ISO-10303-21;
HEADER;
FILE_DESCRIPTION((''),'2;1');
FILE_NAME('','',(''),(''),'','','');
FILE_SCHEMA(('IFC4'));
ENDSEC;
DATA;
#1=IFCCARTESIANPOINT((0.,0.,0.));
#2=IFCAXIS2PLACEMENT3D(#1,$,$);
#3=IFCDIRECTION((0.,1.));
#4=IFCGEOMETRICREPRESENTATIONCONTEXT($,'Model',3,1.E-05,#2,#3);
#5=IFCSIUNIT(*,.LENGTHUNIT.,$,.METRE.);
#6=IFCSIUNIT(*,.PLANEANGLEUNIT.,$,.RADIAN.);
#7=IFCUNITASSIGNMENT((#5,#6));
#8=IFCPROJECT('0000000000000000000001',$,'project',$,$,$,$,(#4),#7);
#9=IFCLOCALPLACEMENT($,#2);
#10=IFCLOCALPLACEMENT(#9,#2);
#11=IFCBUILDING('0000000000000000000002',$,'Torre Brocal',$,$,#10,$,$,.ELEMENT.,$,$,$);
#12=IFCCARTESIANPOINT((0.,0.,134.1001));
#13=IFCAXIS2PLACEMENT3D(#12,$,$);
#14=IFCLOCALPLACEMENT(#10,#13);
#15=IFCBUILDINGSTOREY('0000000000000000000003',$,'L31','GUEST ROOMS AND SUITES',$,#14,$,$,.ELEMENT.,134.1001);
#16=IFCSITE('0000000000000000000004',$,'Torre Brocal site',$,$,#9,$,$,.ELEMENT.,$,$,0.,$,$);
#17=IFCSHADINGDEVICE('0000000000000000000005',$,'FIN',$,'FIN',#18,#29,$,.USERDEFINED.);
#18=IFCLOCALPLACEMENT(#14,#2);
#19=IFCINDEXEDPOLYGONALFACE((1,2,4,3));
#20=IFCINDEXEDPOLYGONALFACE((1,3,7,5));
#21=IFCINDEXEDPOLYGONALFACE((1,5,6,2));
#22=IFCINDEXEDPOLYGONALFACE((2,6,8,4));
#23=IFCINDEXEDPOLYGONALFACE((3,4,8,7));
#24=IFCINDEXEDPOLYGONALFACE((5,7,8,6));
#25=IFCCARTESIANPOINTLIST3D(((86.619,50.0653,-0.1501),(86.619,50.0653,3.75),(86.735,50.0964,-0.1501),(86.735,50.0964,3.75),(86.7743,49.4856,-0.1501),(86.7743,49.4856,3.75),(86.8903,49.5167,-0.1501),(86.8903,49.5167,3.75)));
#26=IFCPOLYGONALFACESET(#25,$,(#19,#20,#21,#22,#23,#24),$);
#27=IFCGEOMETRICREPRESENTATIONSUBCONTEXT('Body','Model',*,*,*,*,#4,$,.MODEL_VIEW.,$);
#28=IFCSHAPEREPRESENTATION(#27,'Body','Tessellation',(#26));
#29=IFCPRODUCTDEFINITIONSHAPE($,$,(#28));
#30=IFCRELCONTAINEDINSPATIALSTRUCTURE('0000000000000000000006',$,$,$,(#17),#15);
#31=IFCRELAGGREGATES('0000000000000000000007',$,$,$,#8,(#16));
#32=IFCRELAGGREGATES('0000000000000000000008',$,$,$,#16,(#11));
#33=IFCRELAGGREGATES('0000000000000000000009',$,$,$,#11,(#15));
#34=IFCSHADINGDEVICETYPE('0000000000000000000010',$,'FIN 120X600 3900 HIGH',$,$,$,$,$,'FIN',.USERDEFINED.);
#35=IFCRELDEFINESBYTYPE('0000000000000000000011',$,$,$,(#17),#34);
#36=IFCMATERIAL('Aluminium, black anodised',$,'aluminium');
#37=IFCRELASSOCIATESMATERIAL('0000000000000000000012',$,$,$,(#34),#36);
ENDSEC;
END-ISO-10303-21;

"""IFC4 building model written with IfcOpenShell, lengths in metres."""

from ifc_helpers import new_model, si_unit, direction, frame, origin, origin_2d, place, context, subcontext, project, spatial, rectangle, extrude, material, material_profile, profile_set, type_object, element, save


model = new_model("IFC4")

# Units and contexts
model_context = context("Model", 3, precision=1e-05, world=origin(), true_north=direction((0.0, 1.0)))
body_context = subcontext(model_context, "Body", "Model", "MODEL_VIEW")
ifc_project = project(units=[si_unit("LENGTHUNIT", "METRE"), si_unit("PLANEANGLEUNIT", "RADIAN")], contexts=[model_context])

# Site, building, storey
site_placement = place(None, origin())
site = spatial("IfcSite", under=ifc_project, at=site_placement, Name="Torre Brocal site", CompositionType="ELEMENT", RefElevation=0.0)
building_placement = place(site_placement, origin())
building = spatial("IfcBuilding", under=site, at=building_placement, Name="Torre Brocal", CompositionType="ELEMENT")
storey_placement = place(building_placement, frame((0.0, 0.0, 134.1001)))
storey = spatial("IfcBuildingStorey", under=building, at=storey_placement, Name="L31", Description="GUEST ROOMS AND SUITES", CompositionType="ELEMENT", Elevation=134.1001)

# Shading device
ifc_material_1 = material(Name="Aluminium, black anodised", Category="aluminium")
ifc_material_profile_1 = material_profile(ifc_material_1, rectangle(XDim=0.1201, YDim=0.6001, at=origin_2d()), Name="FIN 120X600 3900 HIGH")
ifc_profile_set_1 = profile_set([ifc_material_profile_1], Name="Aluminium, black anodised")
shading_device_type = type_object("IfcShadingDeviceType", Name="FIN 120X600 3900 HIGH", ElementType="FIN", PredefinedType="USERDEFINED", material=ifc_profile_set_1)
shading_device_placement = place(storey_placement, frame((86.7546, 49.791, -0.1501), z_axis=(0.0, 0.0, 1.0), x_axis=(0.965926, 0.258819, 0.0)))
element("IfcShadingDevice", 1, at=shading_device_placement, inside=storey, type_object=shading_device_type, Name="FIN", ObjectType="FIN", PredefinedType="USERDEFINED", context=body_context, shape_type="SweptSolid", body=[
    extrude(rectangle(XDim=0.1201, YDim=0.6001, at=origin_2d()), origin(), (0.0, 0.0, 1.0), 3.9001),
])

save(model, "model.ifc")
